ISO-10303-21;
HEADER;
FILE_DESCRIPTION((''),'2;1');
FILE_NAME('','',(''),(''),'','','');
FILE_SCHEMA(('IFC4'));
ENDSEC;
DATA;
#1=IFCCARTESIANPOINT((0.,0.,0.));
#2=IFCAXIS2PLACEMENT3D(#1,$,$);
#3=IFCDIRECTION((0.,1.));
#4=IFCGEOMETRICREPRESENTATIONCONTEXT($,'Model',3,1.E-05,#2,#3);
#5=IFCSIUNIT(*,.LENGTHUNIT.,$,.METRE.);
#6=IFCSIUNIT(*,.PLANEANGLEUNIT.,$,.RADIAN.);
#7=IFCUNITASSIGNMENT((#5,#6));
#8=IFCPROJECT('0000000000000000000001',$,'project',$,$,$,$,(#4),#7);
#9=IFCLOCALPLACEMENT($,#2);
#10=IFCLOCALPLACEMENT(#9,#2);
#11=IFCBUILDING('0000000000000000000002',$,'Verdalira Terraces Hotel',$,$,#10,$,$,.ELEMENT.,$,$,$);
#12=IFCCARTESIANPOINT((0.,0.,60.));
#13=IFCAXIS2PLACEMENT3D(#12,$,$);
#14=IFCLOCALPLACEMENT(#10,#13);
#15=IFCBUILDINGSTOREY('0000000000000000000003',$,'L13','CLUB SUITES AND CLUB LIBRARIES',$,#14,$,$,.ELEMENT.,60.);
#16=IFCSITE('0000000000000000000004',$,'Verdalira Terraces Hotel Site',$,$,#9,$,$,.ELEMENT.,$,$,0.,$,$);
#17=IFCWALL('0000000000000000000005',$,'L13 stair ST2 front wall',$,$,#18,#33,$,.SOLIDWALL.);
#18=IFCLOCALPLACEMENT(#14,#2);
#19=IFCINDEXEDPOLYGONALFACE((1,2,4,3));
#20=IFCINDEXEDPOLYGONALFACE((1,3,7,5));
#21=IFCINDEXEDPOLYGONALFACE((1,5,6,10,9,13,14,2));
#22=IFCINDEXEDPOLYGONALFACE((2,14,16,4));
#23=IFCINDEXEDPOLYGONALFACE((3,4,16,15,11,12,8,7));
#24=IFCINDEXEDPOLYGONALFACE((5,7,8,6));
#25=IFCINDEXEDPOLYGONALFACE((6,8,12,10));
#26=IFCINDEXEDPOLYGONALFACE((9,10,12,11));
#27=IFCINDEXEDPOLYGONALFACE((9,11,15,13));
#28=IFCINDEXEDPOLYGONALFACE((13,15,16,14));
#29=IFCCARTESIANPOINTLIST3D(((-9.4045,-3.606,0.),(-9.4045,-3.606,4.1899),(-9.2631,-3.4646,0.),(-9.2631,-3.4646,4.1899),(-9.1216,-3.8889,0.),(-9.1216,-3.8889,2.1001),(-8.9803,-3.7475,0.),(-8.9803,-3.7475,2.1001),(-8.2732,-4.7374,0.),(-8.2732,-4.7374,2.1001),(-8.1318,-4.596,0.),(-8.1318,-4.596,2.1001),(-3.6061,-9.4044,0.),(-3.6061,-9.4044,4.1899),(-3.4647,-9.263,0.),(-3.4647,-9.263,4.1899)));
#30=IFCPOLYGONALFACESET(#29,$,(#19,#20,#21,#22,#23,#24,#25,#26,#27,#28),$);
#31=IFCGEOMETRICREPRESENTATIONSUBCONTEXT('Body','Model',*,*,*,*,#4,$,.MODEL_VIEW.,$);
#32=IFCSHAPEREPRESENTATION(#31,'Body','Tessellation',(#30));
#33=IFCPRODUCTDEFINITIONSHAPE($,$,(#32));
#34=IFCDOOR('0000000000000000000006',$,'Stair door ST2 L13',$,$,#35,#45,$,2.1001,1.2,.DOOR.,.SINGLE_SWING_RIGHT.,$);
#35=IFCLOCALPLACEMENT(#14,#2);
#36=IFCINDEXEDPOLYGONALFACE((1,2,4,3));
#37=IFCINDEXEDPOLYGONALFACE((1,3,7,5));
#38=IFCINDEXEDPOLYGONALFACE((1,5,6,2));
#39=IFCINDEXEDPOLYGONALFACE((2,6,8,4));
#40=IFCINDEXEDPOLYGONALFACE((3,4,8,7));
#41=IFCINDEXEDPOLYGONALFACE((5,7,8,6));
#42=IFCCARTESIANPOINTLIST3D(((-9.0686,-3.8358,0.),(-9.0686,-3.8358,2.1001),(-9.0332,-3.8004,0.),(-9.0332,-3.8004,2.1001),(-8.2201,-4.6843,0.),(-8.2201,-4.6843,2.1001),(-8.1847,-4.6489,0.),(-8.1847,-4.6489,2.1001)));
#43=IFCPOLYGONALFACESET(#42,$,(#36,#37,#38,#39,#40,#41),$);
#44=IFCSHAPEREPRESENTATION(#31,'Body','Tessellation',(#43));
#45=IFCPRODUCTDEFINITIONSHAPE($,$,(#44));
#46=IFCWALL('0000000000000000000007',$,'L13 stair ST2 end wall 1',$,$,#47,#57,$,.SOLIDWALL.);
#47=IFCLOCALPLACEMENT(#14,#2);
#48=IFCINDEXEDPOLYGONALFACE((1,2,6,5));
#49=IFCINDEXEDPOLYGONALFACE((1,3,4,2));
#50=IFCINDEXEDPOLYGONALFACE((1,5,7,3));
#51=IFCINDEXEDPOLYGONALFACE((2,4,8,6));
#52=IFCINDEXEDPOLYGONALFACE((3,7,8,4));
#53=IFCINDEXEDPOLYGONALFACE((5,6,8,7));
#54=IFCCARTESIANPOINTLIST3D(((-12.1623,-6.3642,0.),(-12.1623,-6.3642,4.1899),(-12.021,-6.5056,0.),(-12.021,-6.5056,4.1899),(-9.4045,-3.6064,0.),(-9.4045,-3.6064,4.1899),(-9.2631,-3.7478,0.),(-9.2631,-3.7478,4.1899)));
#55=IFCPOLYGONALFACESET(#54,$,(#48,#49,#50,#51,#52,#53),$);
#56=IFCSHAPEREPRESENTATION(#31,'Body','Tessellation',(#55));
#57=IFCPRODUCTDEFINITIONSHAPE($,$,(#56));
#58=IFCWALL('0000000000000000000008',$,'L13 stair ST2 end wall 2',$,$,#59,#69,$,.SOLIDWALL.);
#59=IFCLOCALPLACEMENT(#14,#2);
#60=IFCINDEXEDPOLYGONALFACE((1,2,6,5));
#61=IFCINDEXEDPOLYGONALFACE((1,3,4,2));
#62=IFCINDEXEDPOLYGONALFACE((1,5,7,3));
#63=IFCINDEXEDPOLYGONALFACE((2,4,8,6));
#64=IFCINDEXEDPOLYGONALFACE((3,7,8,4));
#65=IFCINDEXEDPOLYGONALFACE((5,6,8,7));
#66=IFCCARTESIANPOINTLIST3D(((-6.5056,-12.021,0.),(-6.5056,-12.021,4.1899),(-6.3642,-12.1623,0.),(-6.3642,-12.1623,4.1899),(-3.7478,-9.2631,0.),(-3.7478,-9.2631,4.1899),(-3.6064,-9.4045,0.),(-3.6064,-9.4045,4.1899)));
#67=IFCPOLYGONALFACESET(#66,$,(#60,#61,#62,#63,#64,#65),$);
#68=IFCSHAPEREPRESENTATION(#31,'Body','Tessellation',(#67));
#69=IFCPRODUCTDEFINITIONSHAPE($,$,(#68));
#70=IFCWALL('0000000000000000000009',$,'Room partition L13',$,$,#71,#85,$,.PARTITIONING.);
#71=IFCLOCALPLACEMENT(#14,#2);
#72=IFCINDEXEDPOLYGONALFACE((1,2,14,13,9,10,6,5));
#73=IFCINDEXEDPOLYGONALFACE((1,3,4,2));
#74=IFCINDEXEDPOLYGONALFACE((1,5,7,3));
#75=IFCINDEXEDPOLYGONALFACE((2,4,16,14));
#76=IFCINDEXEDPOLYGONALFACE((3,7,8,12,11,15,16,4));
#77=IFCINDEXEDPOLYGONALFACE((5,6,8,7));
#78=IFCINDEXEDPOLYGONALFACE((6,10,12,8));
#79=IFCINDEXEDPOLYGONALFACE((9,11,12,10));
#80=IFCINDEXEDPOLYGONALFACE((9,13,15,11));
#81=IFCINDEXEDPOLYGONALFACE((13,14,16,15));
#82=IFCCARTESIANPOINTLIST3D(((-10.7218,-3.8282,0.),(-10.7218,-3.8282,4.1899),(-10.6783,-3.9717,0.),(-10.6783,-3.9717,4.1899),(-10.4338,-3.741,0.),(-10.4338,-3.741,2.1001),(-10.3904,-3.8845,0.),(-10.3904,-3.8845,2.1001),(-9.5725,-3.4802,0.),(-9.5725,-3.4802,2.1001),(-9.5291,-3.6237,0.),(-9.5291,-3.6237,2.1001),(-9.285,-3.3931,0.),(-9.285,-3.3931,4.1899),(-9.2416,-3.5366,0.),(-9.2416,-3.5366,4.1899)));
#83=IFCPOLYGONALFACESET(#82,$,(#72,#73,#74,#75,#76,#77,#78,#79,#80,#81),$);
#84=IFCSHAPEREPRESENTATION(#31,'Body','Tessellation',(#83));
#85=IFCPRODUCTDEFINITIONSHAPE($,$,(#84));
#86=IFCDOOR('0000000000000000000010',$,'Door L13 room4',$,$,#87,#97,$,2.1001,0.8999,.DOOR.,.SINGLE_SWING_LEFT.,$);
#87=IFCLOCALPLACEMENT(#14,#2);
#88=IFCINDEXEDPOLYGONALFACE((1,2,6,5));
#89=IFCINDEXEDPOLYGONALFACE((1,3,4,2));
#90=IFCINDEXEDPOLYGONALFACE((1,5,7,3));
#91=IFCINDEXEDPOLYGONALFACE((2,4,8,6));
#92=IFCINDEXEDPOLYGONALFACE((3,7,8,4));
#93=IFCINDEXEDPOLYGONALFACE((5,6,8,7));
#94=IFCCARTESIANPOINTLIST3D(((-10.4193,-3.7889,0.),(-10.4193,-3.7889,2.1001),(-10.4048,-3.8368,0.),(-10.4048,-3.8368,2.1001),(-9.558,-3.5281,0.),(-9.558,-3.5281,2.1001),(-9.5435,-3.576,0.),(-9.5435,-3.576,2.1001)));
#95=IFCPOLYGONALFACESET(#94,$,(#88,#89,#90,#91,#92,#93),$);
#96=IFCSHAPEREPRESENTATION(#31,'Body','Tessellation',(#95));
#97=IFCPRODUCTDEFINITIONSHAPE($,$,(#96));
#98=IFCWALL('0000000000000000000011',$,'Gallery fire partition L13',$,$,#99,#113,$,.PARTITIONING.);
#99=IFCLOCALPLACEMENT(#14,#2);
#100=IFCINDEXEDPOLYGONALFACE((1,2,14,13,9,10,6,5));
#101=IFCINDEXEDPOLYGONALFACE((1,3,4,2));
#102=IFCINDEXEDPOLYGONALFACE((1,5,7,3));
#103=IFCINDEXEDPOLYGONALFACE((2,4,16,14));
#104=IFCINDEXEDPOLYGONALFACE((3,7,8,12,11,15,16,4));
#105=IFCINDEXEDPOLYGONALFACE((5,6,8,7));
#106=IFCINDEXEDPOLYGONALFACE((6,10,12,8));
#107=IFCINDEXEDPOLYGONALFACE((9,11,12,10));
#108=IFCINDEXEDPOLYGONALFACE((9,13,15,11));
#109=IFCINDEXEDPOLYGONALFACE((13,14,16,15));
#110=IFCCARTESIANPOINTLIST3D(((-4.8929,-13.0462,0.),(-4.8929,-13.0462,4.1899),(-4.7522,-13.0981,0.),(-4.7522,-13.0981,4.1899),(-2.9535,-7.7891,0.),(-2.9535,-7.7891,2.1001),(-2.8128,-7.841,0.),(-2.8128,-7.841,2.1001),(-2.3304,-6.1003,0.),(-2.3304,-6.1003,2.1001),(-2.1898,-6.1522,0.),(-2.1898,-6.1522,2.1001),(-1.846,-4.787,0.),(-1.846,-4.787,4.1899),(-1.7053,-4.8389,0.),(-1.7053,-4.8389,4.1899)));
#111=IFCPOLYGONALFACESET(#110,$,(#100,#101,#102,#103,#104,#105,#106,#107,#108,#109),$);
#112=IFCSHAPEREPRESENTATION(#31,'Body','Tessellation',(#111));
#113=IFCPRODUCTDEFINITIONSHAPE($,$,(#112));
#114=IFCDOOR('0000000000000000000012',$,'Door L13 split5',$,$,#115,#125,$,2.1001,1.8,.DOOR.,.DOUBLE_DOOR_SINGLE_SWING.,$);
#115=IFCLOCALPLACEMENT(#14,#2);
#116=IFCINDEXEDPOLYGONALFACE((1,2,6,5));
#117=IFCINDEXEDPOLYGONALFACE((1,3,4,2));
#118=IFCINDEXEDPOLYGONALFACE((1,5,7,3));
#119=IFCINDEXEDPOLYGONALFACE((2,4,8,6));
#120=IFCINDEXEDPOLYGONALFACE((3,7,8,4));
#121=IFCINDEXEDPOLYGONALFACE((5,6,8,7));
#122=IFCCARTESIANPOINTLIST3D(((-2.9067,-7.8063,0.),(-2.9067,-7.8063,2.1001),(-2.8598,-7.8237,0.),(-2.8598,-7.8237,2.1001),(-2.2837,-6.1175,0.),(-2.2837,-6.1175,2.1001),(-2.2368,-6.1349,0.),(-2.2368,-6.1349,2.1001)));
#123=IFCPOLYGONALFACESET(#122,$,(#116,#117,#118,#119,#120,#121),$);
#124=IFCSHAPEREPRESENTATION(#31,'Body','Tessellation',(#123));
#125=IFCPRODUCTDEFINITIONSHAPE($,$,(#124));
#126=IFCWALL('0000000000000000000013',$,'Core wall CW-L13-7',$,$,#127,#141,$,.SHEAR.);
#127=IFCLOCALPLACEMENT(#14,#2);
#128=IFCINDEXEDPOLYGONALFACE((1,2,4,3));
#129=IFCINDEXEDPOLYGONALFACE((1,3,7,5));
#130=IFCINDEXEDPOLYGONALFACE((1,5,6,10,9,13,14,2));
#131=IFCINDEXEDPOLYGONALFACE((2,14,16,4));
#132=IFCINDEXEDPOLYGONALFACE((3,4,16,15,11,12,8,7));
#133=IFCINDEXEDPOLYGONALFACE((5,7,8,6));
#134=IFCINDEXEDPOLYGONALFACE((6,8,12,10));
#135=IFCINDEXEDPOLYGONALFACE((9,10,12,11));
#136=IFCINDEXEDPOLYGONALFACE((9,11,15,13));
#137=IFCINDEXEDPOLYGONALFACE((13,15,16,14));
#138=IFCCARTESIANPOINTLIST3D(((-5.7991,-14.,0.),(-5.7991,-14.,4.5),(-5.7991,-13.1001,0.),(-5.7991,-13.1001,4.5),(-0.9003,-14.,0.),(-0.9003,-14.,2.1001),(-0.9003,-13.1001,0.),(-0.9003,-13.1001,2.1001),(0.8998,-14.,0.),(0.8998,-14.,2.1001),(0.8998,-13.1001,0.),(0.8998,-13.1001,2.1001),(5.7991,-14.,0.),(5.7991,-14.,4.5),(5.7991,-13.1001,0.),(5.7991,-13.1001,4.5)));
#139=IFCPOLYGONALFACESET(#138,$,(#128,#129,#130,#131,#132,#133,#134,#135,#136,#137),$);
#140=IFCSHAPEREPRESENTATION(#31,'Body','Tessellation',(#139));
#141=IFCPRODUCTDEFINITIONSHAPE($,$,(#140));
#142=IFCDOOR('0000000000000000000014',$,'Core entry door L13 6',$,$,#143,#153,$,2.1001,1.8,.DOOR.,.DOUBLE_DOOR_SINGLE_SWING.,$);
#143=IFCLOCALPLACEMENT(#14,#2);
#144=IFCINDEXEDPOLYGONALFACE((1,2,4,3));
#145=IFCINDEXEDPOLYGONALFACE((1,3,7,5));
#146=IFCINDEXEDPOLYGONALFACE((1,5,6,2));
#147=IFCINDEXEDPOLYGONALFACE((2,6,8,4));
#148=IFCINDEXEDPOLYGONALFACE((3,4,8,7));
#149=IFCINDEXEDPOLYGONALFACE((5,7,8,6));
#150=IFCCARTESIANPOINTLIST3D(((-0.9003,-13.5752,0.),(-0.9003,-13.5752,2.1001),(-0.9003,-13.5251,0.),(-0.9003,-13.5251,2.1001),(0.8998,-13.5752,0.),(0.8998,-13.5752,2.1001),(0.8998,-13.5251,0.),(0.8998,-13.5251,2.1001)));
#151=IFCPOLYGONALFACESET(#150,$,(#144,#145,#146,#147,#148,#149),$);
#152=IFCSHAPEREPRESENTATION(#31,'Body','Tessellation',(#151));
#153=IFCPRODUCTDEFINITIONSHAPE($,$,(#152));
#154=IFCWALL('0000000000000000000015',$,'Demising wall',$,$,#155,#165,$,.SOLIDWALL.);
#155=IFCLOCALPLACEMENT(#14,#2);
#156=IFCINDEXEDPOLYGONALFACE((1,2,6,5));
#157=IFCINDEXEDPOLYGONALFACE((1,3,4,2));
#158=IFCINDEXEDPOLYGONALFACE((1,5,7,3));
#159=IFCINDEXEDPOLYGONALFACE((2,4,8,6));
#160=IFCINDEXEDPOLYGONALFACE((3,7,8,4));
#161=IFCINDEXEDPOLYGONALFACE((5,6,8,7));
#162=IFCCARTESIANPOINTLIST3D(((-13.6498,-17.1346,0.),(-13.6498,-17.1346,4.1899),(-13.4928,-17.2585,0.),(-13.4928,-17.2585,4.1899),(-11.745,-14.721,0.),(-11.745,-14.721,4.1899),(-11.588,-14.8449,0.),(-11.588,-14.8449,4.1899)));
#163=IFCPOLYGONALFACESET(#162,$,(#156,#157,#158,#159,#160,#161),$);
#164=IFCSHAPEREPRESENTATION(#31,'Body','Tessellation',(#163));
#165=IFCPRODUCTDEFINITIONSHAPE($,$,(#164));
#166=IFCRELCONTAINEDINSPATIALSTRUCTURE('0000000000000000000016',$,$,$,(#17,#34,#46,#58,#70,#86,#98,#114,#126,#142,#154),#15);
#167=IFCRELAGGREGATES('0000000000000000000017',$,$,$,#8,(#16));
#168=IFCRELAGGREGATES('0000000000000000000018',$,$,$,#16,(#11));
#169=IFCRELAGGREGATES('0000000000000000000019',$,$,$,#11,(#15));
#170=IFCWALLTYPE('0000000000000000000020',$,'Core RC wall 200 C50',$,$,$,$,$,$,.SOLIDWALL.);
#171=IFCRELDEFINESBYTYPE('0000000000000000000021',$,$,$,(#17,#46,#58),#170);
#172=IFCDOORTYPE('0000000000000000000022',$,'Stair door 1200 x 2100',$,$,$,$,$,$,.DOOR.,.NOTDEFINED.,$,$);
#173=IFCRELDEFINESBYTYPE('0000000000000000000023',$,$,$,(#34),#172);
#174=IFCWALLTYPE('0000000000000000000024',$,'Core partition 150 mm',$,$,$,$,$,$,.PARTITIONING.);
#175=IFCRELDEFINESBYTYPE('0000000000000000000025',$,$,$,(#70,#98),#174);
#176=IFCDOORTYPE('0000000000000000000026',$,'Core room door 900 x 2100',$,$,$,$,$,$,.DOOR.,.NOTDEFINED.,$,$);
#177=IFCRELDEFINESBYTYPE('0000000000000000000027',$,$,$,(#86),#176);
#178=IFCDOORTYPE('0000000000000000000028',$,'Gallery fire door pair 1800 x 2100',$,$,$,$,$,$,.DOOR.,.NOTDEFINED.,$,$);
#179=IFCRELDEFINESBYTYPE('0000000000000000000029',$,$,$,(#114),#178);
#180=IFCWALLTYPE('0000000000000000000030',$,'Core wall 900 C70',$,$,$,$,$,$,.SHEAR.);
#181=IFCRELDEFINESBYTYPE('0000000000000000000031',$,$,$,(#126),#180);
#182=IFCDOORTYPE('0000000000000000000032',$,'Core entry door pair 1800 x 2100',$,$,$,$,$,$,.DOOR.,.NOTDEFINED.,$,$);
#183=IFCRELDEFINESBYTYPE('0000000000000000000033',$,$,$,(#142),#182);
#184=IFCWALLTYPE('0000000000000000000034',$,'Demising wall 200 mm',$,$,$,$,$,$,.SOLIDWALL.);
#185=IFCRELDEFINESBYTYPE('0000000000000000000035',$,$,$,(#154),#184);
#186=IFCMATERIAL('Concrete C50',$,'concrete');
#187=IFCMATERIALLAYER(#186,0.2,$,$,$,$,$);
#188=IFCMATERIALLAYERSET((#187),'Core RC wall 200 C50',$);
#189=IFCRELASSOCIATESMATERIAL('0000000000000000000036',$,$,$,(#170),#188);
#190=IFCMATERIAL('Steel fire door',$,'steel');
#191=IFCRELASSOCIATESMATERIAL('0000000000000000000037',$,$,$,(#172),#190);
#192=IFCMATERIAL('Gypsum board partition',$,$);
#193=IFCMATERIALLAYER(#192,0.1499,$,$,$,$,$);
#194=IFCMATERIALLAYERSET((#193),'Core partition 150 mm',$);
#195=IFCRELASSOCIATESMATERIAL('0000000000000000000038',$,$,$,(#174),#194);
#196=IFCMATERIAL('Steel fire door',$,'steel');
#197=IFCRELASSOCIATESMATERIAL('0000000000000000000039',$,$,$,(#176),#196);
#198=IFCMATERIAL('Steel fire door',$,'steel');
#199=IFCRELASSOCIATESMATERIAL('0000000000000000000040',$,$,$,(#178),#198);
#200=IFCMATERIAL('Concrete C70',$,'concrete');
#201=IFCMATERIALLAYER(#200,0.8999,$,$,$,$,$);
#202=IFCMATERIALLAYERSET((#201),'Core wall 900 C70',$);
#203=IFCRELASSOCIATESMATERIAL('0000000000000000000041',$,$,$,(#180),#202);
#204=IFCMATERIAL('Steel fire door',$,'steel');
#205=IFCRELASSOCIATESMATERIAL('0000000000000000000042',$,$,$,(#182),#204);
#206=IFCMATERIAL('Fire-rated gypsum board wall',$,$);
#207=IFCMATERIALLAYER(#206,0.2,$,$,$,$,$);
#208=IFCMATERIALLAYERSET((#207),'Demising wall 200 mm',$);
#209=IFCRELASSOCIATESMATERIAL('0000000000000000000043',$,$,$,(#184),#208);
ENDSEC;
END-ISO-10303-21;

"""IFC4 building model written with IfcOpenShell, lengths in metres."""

from ifc_helpers import new_model, si_unit, direction, frame, frame_2d, origin, place, context, subcontext, project, spatial, rectangle, extrude, material, layer, layer_set, type_object, element, fill, save


model = new_model("IFC4")

# Units and contexts
model_context = context("Model", 3, precision=1e-05, world=origin(), true_north=direction((0.0, 1.0)))
body_context = subcontext(model_context, "Body", "Model", "MODEL_VIEW")
ifc_project = project(units=[si_unit("LENGTHUNIT", "METRE"), si_unit("PLANEANGLEUNIT", "RADIAN")], contexts=[model_context])

# Site, building, storey
site_placement = place(None, origin())
site = spatial("IfcSite", under=ifc_project, at=site_placement, Name="Verdalira Terraces Hotel Site", CompositionType="ELEMENT", RefElevation=0.0)
building_placement = place(site_placement, origin())
building = spatial("IfcBuilding", under=site, at=building_placement, Name="Verdalira Terraces Hotel", CompositionType="ELEMENT")
storey_placement = place(building_placement, frame((0.0, 0.0, 60.0)))
storey = spatial("IfcBuildingStorey", under=building, at=storey_placement, Name="L13", Description="CLUB SUITES AND CLUB LIBRARIES", CompositionType="ELEMENT", Elevation=60.0)

# Wall, opening, door
ifc_material_1 = material(Name="Concrete C50", Category="concrete")
ifc_layer_1 = layer(ifc_material_1, 0.2)
ifc_layer_set_1 = layer_set([ifc_layer_1], Name="Core RC wall 200 C50")
wall_type_1 = type_object("IfcWallType", Name="Core RC wall 200 C50", PredefinedType="SOLIDWALL", material=ifc_layer_set_1)
wall_1_placement = place(storey_placement, frame((-3.5354, -9.3337, 0.0), z_axis=(0.0, 0.0, 1.0), x_axis=(-0.707107, 0.707107, 0.0)))
wall_1 = element("IfcWall", 1, at=wall_1_placement, inside=storey, type_object=wall_type_1, Name="L13 stair ST2 front wall", PredefinedType="SOLIDWALL", context=body_context, shape_type="SweptSolid", body=[
    extrude(rectangle(XDim=8.2002, YDim=0.2, at=frame_2d((4.1001, 0.0))), origin(), (0.0, 0.0, 1.0), 4.1899),
])
opening_1_placement = place(wall_1_placement, frame((6.6001, 0.0, 0.0)))
opening_1 = element("IfcOpeningElement", 2, at=opening_1_placement, cuts=wall_1, PredefinedType="OPENING", context=body_context, shape_type="SweptSolid", body=[
    extrude(rectangle(XDim=1.2, YDim=2.1001, at=frame_2d((0.6001, 1.05))), frame((0.0, 0.1099, 0.0), z_axis=(0.0, -1.0, 0.0), x_axis=(1.0, 0.0, 0.0)), (0.0, 0.0, 1.0), 0.22),
])
ifc_material_2 = material(Name="Steel fire door", Category="steel")
door_type_1 = type_object("IfcDoorType", Name="Stair door 1200 x 2100", OperationType="NOTDEFINED", PredefinedType="DOOR", material=ifc_material_2)
door_1_placement = place(opening_1_placement, origin())
door_1 = element("IfcDoor", 3, at=door_1_placement, inside=storey, type_object=door_type_1, Name="Stair door ST2 L13", OperationType="SINGLE_SWING_RIGHT", OverallHeight=2.1001, OverallWidth=1.2, PredefinedType="DOOR", context=body_context, shape_type="SweptSolid", body=[
    extrude(rectangle(XDim=1.2, YDim=2.1001, at=frame_2d((0.6001, 1.05))), frame((0.0, 0.0249, 0.0), z_axis=(0.0, -1.0, 0.0), x_axis=(1.0, 0.0, 0.0)), (0.0, 0.0, 1.0), 0.05),
])
fill(opening_1, door_1)

# Walls
for number, where, z_axis, x_axis, name in (
    (4, (-9.3337, -3.677, 0.0), (0.0, 0.0, 1.0), (-0.707107, -0.707107, 0.0), "L13 stair ST2 end wall 1"),
    (5, (-3.677, -9.3337, 0.0), (0.0, 0.0, 1.0), (-0.707107, -0.707107, 0.0), "L13 stair ST2 end wall 2"),
):
    element("IfcWall", number, at=place(storey_placement, frame(where, z_axis=z_axis, x_axis=x_axis)), inside=storey, type_object=wall_type_1, Name=name, PredefinedType="SOLIDWALL", context=body_context, shape_type="SweptSolid", body=[
        extrude(rectangle(XDim=3.9001, YDim=0.2, at=frame_2d((1.9502, 0.0))), origin(), (0.0, 0.0, 1.0), 4.1899),
    ])

# Walls, openings, doors
ifc_material_3 = material(Name="Gypsum board partition")
ifc_layer_2 = layer(ifc_material_3, 0.1499)
ifc_layer_set_2 = layer_set([ifc_layer_2], Name="Core partition 150 mm")
wall_type_2 = type_object("IfcWallType", Name="Core partition 150 mm", PredefinedType="PARTITIONING", material=ifc_layer_set_2)
wall_2_placement = place(storey_placement, frame((-10.7, -3.8999, 0.0), z_axis=(0.0, 0.0, 1.0), x_axis=(0.957085, 0.289809, 0.0)))
wall_2 = element("IfcWall", 6, at=wall_2_placement, inside=storey, type_object=wall_type_2, Name="Room partition L13", PredefinedType="PARTITIONING", context=body_context, shape_type="SweptSolid", body=[
    extrude(rectangle(XDim=1.5012, YDim=0.1499, at=frame_2d((0.7505, 0.0))), origin(), (0.0, 0.0, 1.0), 4.1899),
])
opening_2_placement = place(wall_2_placement, frame((0.3008, 0.0, 0.0)))
opening_2 = element("IfcOpeningElement", 7, at=opening_2_placement, cuts=wall_2, PredefinedType="OPENING", context=body_context, shape_type="SweptSolid", body=[
    extrude(rectangle(XDim=0.8999, YDim=2.1001, at=frame_2d((0.45, 1.05))), frame((0.0, 0.085, 0.0), z_axis=(0.0, -1.0, 0.0), x_axis=(1.0, 0.0, 0.0)), (0.0, 0.0, 1.0), 0.1699),
])
ifc_material_4 = material(Name="Steel fire door", Category="steel")
door_type_2 = type_object("IfcDoorType", Name="Core room door 900 x 2100", OperationType="NOTDEFINED", PredefinedType="DOOR", material=ifc_material_4)
door_2_placement = place(opening_2_placement, origin())
door_2 = element("IfcDoor", 8, at=door_2_placement, inside=storey, type_object=door_type_2, Name="Door L13 room4", OperationType="SINGLE_SWING_LEFT", OverallHeight=2.1001, OverallWidth=0.8999, PredefinedType="DOOR", context=body_context, shape_type="SweptSolid", body=[
    extrude(rectangle(XDim=0.8999, YDim=2.1001, at=frame_2d((0.45, 1.05))), frame((0.0, 0.0249, 0.0), z_axis=(0.0, -1.0, 0.0), x_axis=(1.0, 0.0, 0.0)), (0.0, 0.0, 1.0), 0.05),
])
fill(opening_2, door_2)
wall_3_placement = place(storey_placement, frame((-1.7756, -4.813, 0.0), z_axis=(0.0, 0.0, 1.0), x_axis=(-0.346113, -0.938193, 0.0)))
wall_3 = element("IfcWall", 9, at=wall_3_placement, inside=storey, type_object=wall_type_2, Name="Gallery fire partition L13", PredefinedType="PARTITIONING", context=body_context, shape_type="SweptSolid", body=[
    extrude(rectangle(XDim=8.8032, YDim=0.1499, at=frame_2d((4.4016, 0.0))), origin(), (0.0, 0.0, 1.0), 4.1899),
])
opening_3_placement = place(wall_3_placement, frame((1.3999, 0.0, 0.0)))
opening_3 = element("IfcOpeningElement", 10, at=opening_3_placement, cuts=wall_3, PredefinedType="OPENING", context=body_context, shape_type="SweptSolid", body=[
    extrude(rectangle(XDim=1.8, YDim=2.1001, at=frame_2d((0.8999, 1.05))), frame((0.0, 0.085, 0.0), z_axis=(0.0, -1.0, 0.0), x_axis=(1.0, 0.0, 0.0)), (0.0, 0.0, 1.0), 0.1699),
])
ifc_material_5 = material(Name="Steel fire door", Category="steel")
door_type_3 = type_object("IfcDoorType", Name="Gallery fire door pair 1800 x 2100", OperationType="NOTDEFINED", PredefinedType="DOOR", material=ifc_material_5)
door_3_placement = place(opening_3_placement, origin())
door_3 = element("IfcDoor", 11, at=door_3_placement, inside=storey, type_object=door_type_3, Name="Door L13 split5", OperationType="DOUBLE_DOOR_SINGLE_SWING", OverallHeight=2.1001, OverallWidth=1.8, PredefinedType="DOOR", context=body_context, shape_type="SweptSolid", body=[
    extrude(rectangle(XDim=1.8, YDim=2.1001, at=frame_2d((0.8999, 1.05))), frame((0.0, 0.0249, 0.0), z_axis=(0.0, -1.0, 0.0), x_axis=(1.0, 0.0, 0.0)), (0.0, 0.0, 1.0), 0.05),
])
fill(opening_3, door_3)
ifc_material_6 = material(Name="Concrete C70", Category="concrete")
ifc_layer_3 = layer(ifc_material_6, 0.8999)
ifc_layer_set_3 = layer_set([ifc_layer_3], Name="Core wall 900 C70")
wall_type_3 = type_object("IfcWallType", Name="Core wall 900 C70", PredefinedType="SHEAR", material=ifc_layer_set_3)
wall_4_placement = place(storey_placement, frame((-5.7991, -13.55, 0.0), z_axis=(0.0, 0.0, 1.0), x_axis=(1.0, 0.0, 0.0)))
wall_4 = element("IfcWall", 12, at=wall_4_placement, inside=storey, type_object=wall_type_3, Name="Core wall CW-L13-7", PredefinedType="SHEAR", context=body_context, shape_type="SweptSolid", body=[
    extrude(rectangle(XDim=11.5981, YDim=0.8999, at=frame_2d((5.7991, 0.0))), origin(), (0.0, 0.0, 1.0), 4.5),
])
opening_4_placement = place(wall_4_placement, frame((4.8989, 0.0, 0.0)))
opening_4 = element("IfcOpeningElement", 13, at=opening_4_placement, cuts=wall_4, PredefinedType="OPENING", context=body_context, shape_type="SweptSolid", body=[
    extrude(rectangle(XDim=1.8, YDim=2.1001, at=frame_2d((0.8999, 1.05))), frame((0.0, 0.46, 0.0), z_axis=(0.0, -1.0, 0.0), x_axis=(1.0, 0.0, 0.0)), (0.0, 0.0, 1.0), 0.9199),
])
ifc_material_7 = material(Name="Steel fire door", Category="steel")
door_type_4 = type_object("IfcDoorType", Name="Core entry door pair 1800 x 2100", OperationType="NOTDEFINED", PredefinedType="DOOR", material=ifc_material_7)
door_4_placement = place(opening_4_placement, origin())
door_4 = element("IfcDoor", 14, at=door_4_placement, inside=storey, type_object=door_type_4, Name="Core entry door L13 6", OperationType="DOUBLE_DOOR_SINGLE_SWING", OverallHeight=2.1001, OverallWidth=1.8, PredefinedType="DOOR", context=body_context, shape_type="SweptSolid", body=[
    extrude(rectangle(XDim=1.8, YDim=2.1001, at=frame_2d((0.8999, 1.05))), frame((0.0, 0.0249, 0.0), z_axis=(0.0, -1.0, 0.0), x_axis=(1.0, 0.0, 0.0)), (0.0, 0.0, 1.0), 0.05),
])
fill(opening_4, door_4)

# Wall
ifc_material_8 = material(Name="Fire-rated gypsum board wall")
ifc_layer_4 = layer(ifc_material_8, 0.2)
ifc_layer_set_4 = layer_set([ifc_layer_4], Name="Demising wall 200 mm")
wall_type_4 = type_object("IfcWallType", Name="Demising wall 200 mm", PredefinedType="SOLIDWALL", material=ifc_layer_set_4)
for number, where, z_axis, x_axis, name in (
    (15, (-11.6665, -14.783, 0.0), (0.0, 0.0, 1.0), (-0.61951, -0.784988, 0.0), "Demising wall"),
):
    element("IfcWall", number, at=place(storey_placement, frame(where, z_axis=z_axis, x_axis=x_axis)), inside=storey, type_object=wall_type_4, Name=name, PredefinedType="SOLIDWALL", context=body_context, shape_type="SweptSolid", body=[
        extrude(rectangle(XDim=3.0747, YDim=0.2, at=frame_2d((1.5374, 0.0))), origin(), (0.0, 0.0, 1.0), 4.1899),
    ])

save(model, "model.ifc")
